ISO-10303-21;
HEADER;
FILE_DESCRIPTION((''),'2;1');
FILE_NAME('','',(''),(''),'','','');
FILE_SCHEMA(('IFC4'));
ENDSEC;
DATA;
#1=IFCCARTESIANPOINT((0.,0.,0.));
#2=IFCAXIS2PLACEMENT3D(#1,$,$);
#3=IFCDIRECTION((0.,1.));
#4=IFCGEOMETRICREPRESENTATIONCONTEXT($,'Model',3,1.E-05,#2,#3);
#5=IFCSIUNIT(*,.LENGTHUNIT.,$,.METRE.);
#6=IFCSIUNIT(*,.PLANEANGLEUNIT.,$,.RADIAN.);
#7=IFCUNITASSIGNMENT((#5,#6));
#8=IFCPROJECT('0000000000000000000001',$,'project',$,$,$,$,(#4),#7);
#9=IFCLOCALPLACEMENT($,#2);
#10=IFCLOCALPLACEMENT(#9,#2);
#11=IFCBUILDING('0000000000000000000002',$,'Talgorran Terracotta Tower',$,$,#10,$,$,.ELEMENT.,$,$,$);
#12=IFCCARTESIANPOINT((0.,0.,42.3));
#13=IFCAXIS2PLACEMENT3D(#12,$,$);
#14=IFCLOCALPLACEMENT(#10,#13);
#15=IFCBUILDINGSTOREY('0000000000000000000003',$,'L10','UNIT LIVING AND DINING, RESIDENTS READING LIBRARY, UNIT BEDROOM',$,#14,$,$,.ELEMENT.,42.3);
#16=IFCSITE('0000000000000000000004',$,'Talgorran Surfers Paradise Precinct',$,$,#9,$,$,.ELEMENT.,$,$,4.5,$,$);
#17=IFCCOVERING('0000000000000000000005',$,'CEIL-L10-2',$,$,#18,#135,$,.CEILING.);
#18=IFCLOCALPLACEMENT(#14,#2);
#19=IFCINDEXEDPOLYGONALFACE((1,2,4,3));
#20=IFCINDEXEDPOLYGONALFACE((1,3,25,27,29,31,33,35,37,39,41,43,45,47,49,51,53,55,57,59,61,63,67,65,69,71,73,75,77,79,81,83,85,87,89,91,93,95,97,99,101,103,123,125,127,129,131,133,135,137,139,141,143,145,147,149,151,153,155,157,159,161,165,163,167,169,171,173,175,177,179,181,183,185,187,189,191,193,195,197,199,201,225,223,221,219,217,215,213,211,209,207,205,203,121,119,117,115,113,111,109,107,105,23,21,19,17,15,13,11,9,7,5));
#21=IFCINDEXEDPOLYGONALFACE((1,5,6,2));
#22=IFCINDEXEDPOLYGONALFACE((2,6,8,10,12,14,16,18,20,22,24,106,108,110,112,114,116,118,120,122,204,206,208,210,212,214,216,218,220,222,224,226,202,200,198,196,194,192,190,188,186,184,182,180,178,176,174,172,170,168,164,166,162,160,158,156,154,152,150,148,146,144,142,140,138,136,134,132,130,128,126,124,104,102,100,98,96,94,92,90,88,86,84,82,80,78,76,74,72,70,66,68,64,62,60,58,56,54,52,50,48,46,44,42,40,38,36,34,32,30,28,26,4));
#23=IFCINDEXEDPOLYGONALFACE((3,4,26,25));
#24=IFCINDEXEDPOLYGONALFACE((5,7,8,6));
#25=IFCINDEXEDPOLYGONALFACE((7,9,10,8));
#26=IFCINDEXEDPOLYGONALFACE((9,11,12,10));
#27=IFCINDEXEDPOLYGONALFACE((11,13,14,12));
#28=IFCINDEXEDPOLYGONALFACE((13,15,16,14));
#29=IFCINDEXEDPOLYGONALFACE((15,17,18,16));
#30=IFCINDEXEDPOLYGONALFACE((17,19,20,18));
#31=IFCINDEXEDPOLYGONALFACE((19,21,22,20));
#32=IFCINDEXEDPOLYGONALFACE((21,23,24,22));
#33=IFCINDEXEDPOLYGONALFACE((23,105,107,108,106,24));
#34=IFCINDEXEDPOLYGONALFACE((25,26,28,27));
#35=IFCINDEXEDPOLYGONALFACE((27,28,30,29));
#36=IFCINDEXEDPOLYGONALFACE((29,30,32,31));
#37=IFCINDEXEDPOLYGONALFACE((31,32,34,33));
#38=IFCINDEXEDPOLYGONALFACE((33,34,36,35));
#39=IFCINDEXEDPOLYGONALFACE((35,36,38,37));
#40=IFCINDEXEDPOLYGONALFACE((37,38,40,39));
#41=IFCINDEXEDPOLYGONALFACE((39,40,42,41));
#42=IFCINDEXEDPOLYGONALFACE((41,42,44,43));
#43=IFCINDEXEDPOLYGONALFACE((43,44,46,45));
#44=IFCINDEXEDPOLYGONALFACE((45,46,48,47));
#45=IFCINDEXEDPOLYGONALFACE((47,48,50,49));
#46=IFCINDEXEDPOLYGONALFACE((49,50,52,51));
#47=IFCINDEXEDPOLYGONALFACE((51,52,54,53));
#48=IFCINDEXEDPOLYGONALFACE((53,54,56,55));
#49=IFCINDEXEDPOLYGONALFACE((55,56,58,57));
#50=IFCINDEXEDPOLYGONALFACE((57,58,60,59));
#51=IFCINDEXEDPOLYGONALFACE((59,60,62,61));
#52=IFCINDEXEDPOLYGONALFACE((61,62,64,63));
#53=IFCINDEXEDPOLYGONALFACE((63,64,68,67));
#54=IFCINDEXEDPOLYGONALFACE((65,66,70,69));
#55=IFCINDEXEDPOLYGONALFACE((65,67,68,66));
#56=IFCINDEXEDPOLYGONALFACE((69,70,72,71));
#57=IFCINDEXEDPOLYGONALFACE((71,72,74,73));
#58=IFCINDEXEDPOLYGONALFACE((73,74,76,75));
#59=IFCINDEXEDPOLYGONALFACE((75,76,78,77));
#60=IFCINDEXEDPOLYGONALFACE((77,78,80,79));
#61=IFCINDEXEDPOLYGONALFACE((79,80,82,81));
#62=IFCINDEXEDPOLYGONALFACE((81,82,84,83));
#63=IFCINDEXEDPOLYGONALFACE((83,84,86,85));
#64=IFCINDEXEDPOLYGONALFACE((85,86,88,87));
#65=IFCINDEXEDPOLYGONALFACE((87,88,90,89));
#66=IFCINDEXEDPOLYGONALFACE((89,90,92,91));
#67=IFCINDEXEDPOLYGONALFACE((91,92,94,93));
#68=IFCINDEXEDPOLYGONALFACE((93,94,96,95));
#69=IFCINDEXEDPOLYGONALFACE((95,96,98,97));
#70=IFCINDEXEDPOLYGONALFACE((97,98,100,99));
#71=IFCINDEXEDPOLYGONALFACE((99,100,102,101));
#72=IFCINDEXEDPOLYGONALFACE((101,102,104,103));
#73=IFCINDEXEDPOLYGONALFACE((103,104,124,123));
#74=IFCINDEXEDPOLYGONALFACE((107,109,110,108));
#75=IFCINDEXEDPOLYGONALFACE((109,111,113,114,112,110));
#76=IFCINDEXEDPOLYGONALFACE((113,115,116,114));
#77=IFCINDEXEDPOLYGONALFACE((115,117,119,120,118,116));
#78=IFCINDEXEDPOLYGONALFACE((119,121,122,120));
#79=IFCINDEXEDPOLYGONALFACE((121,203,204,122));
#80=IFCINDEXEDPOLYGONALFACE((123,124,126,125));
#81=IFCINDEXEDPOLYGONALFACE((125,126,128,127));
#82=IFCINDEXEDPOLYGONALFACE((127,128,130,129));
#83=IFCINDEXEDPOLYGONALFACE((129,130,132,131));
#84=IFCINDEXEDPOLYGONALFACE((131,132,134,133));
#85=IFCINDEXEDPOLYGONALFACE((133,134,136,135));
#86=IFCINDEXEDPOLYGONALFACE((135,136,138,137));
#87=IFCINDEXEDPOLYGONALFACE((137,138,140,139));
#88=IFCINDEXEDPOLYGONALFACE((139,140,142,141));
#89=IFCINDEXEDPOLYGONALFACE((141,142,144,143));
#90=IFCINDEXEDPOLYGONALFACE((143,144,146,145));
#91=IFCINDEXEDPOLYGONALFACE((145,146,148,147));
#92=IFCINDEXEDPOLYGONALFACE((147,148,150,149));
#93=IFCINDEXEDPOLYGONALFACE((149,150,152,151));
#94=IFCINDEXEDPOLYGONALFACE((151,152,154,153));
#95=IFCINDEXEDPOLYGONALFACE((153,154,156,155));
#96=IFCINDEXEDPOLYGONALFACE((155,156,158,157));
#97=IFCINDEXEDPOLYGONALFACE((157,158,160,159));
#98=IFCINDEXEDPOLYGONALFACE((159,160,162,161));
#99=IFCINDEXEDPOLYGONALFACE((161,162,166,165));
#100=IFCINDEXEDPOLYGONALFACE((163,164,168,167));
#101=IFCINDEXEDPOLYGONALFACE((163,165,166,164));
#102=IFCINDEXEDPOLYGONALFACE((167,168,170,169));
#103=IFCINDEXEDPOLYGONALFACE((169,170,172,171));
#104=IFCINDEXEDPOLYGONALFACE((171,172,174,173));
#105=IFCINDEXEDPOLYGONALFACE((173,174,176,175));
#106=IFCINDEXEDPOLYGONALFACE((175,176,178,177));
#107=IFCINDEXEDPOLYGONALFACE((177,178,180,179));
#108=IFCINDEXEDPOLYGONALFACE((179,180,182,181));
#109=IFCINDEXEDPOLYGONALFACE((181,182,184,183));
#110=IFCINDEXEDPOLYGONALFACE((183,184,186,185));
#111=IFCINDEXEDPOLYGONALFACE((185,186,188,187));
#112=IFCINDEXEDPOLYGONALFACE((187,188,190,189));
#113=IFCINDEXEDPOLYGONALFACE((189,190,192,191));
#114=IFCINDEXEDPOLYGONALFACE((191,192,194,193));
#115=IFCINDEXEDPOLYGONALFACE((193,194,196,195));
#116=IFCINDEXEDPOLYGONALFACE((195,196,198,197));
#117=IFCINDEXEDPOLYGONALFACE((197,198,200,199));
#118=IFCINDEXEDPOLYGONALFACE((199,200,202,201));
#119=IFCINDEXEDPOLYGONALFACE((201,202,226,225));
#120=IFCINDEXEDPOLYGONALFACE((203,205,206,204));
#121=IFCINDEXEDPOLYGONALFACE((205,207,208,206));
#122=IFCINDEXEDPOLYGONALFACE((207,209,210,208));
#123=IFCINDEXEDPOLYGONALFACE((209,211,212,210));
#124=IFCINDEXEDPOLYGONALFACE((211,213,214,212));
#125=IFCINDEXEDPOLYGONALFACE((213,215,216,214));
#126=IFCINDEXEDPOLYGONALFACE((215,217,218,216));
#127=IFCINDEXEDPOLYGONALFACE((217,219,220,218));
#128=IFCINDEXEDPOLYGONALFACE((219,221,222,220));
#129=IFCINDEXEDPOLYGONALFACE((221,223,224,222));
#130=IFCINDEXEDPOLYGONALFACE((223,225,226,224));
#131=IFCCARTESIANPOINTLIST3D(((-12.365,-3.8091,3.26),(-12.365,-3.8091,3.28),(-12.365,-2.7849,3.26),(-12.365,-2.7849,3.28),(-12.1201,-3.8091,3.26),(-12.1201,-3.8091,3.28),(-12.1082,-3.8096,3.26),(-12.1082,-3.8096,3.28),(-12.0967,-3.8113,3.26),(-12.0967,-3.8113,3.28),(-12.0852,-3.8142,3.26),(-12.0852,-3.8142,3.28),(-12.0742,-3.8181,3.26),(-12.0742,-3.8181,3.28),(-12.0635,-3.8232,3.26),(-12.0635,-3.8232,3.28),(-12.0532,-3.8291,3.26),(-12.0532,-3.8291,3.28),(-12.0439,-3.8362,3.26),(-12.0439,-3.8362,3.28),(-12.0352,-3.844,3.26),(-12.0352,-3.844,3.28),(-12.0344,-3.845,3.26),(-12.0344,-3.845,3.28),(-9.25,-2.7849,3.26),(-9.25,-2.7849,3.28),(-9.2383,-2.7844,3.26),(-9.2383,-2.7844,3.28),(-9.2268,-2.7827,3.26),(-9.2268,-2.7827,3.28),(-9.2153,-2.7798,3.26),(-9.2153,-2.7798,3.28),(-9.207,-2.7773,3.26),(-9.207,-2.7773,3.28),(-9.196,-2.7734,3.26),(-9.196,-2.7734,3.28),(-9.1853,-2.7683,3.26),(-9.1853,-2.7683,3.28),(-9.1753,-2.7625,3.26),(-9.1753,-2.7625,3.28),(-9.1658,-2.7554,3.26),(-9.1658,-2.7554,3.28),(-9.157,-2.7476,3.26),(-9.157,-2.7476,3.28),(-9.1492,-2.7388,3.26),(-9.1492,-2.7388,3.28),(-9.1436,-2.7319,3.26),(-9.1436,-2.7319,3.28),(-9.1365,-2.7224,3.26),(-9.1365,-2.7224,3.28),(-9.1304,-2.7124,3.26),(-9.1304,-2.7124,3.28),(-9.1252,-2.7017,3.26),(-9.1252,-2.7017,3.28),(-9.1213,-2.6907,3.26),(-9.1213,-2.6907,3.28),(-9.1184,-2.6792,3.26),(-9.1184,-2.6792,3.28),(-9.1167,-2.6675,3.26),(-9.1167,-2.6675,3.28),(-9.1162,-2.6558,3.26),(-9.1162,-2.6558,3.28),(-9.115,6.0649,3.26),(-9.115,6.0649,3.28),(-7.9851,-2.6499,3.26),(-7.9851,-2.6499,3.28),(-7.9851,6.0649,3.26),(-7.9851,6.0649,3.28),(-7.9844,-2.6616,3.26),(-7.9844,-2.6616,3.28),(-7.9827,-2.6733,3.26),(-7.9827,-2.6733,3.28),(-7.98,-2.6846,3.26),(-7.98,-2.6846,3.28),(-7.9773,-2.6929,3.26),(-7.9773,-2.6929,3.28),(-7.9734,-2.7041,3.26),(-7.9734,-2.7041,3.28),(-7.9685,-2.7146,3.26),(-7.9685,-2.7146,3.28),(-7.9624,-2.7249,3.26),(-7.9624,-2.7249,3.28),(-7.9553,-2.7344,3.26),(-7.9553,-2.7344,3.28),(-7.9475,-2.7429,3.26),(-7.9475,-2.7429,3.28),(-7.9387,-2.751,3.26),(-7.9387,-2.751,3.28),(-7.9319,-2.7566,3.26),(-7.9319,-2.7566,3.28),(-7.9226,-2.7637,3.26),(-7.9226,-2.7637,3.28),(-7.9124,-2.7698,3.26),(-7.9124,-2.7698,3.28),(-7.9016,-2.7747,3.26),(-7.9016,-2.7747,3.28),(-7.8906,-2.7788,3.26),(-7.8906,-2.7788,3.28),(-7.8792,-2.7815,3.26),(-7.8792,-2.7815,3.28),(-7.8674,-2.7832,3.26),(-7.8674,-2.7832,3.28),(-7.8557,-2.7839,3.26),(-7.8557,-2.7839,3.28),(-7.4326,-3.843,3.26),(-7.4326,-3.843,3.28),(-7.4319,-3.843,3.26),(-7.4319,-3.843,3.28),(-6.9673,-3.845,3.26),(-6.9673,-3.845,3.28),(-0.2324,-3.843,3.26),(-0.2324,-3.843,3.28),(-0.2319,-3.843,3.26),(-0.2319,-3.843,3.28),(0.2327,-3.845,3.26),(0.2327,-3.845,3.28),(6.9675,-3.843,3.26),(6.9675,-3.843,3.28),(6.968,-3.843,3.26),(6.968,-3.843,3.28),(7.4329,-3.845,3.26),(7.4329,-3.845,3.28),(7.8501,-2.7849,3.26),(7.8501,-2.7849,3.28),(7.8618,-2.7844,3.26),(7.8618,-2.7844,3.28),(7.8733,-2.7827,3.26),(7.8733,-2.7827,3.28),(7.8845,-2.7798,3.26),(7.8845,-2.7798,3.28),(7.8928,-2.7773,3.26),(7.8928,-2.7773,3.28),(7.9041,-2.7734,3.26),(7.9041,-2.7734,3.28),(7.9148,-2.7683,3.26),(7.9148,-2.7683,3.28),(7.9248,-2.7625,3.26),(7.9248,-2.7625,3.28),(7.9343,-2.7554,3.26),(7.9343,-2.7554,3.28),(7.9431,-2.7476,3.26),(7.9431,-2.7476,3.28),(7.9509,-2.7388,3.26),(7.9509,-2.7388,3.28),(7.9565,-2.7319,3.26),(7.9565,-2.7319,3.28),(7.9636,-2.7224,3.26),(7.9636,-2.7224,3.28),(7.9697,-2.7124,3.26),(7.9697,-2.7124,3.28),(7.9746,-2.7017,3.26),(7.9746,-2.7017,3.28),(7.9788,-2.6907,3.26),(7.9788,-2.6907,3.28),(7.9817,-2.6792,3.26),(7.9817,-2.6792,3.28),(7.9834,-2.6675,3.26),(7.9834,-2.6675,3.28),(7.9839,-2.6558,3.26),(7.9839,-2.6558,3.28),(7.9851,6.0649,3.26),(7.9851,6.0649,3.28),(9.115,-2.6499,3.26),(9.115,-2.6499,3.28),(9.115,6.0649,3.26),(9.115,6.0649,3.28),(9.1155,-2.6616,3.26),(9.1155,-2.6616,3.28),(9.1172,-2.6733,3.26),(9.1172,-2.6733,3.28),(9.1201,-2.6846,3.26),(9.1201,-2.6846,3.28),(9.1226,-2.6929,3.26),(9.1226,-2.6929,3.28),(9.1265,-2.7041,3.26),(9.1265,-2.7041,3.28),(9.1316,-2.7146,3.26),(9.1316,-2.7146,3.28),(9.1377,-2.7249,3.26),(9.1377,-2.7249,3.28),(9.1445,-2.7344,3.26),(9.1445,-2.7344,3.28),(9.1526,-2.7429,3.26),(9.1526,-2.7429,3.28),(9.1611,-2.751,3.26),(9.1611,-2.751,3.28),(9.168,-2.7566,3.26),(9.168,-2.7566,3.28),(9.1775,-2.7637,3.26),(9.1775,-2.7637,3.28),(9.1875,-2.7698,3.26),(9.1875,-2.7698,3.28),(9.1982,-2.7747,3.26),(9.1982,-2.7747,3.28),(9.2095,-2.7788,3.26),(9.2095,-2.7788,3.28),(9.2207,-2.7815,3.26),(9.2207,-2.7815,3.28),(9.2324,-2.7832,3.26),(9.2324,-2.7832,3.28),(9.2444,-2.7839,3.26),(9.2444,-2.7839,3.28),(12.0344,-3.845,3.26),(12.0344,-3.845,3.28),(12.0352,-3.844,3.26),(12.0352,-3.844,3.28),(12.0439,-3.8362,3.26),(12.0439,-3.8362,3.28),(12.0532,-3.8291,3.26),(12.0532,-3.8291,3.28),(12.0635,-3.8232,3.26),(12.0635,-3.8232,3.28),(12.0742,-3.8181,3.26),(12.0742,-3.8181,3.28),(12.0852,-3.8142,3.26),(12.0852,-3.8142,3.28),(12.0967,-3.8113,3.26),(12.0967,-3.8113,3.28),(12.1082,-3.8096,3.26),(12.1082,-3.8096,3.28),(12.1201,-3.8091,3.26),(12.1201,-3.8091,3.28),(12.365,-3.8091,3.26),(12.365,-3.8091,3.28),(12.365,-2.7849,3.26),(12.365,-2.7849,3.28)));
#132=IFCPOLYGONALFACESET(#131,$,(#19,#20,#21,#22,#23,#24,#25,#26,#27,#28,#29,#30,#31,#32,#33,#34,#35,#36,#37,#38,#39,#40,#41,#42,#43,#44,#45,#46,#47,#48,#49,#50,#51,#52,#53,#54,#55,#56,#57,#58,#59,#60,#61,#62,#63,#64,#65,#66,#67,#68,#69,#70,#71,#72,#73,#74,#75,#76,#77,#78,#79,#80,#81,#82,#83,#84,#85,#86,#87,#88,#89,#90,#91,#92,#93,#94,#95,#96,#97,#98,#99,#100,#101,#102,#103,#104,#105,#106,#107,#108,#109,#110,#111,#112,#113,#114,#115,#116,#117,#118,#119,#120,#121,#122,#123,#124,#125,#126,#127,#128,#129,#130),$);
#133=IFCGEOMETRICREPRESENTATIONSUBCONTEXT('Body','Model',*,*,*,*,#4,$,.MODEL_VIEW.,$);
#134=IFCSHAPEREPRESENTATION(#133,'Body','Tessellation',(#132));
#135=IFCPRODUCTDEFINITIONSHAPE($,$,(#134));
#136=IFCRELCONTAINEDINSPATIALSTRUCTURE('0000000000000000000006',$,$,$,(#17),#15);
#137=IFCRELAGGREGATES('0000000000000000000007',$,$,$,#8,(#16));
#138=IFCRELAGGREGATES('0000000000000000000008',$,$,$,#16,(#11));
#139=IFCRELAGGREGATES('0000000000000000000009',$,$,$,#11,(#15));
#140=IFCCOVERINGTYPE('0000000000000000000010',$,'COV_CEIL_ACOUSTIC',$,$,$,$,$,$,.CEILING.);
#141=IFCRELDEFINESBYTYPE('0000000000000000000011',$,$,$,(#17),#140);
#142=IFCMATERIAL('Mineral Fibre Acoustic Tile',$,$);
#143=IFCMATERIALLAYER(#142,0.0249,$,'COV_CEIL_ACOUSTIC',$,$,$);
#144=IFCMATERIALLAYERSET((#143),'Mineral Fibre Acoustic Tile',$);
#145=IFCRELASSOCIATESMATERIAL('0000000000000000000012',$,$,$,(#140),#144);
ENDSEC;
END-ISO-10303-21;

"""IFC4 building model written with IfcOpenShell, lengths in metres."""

from ifc_helpers import new_model, si_unit, direction, frame, origin, place, context, subcontext, project, spatial, polyline, outline, extrude, material, layer, layer_set, type_object, element, save


model = new_model("IFC4")

# Units and contexts
model_context = context("Model", 3, precision=1e-05, world=origin(), true_north=direction((0.0, 1.0)))
body_context = subcontext(model_context, "Body", "Model", "MODEL_VIEW")
ifc_project = project(units=[si_unit("LENGTHUNIT", "METRE"), si_unit("PLANEANGLEUNIT", "RADIAN")], contexts=[model_context])

# Site, building, storey
site_placement = place(None, origin())
site = spatial("IfcSite", under=ifc_project, at=site_placement, Name="Talgorran Surfers Paradise Precinct", CompositionType="ELEMENT", RefElevation=4.5)
building_placement = place(site_placement, origin())
building = spatial("IfcBuilding", under=site, at=building_placement, Name="Talgorran Terracotta Tower", CompositionType="ELEMENT")
storey_placement = place(building_placement, frame((0.0, 0.0, 42.3)))
storey = spatial("IfcBuildingStorey", under=building, at=storey_placement, Name="L10", Description="UNIT LIVING AND DINING, RESIDENTS READING LIBRARY, UNIT BEDROOM", CompositionType="ELEMENT", Elevation=42.3)

# Covering
ifc_material_1 = material(Name="Mineral Fibre Acoustic Tile")
ifc_layer_1 = layer(ifc_material_1, 0.0249, Name="COV_CEIL_ACOUSTIC")
ifc_layer_set_1 = layer_set([ifc_layer_1], Name="Mineral Fibre Acoustic Tile")
covering_type_1 = type_object("IfcCoveringType", Name="COV_CEIL_ACOUSTIC", PredefinedType="CEILING", material=ifc_layer_set_1)
covering_1_placement = place(storey_placement, frame((0.0, 0.0, 3.26)))
element("IfcCovering", 1, at=covering_1_placement, inside=storey, type_object=covering_type_1, Name="CEIL-L10-2", PredefinedType="CEILING", context=body_context, shape_type="SweptSolid", body=[
    extrude(outline(polyline([(-12.365, -2.7849), (-9.25, -2.7849), (-9.2383, -2.7844), (-9.2268, -2.7827), (-9.2153, -2.7798), (-9.207, -2.7773), (-9.196, -2.7734), (-9.1853, -2.7683), (-9.1753, -2.7625), (-9.1658, -2.7554), (-9.157, -2.7476), (-9.1492, -2.7388), (-9.1436, -2.7319), (-9.1365, -2.7224), (-9.1304, -2.7124), (-9.1252, -2.7017), (-9.1213, -2.6907), (-9.1184, -2.6792), (-9.1167, -2.6675), (-9.1162, -2.6558), (-9.115, 6.0649), (-7.9851, 6.0649), (-7.9851, -2.6499), (-7.9844, -2.6616), (-7.9827, -2.6733), (-7.98, -2.6846), (-7.9773, -2.6929), (-7.9734, -2.7041), (-7.9685, -2.7146), (-7.9624, -2.7249), (-7.9553, -2.7344), (-7.9475, -2.7429), (-7.9387, -2.751), (-7.9319, -2.7566), (-7.9226, -2.7637), (-7.9124, -2.7698), (-7.9016, -2.7747), (-7.8906, -2.7788), (-7.8792, -2.7815), (-7.8674, -2.7832), (-7.8557, -2.7839), (7.8501, -2.7849), (7.8618, -2.7844), (7.8733, -2.7827), (7.8845, -2.7798), (7.8928, -2.7773), (7.9041, -2.7734), (7.9148, -2.7683), (7.9248, -2.7625), (7.9343, -2.7554), (7.9431, -2.7476), (7.9509, -2.7388), (7.9565, -2.7319), (7.9636, -2.7224), (7.9697, -2.7124), (7.9746, -2.7017), (7.9788, -2.6907), (7.9817, -2.6792), (7.9834, -2.6675), (7.9839, -2.6558), (7.9851, 6.0649), (9.115, 6.0649), (9.115, -2.6499), (9.1155, -2.6616), (9.1172, -2.6733), (9.1201, -2.6846), (9.1226, -2.6929), (9.1265, -2.7041), (9.1316, -2.7146), (9.1377, -2.7249), (9.1445, -2.7344), (9.1526, -2.7429), (9.1611, -2.751), (9.168, -2.7566), (9.1775, -2.7637), (9.1875, -2.7698), (9.1982, -2.7747), (9.2095, -2.7788), (9.2207, -2.7815), (9.2324, -2.7832), (9.2444, -2.7839), (12.365, -2.7849), (12.365, -3.8091), (12.1201, -3.8091), (12.1082, -3.8096), (12.0967, -3.8113), (12.0852, -3.8142), (12.0742, -3.8181), (12.0635, -3.8232), (12.0532, -3.8291), (12.0439, -3.8362), (12.0352, -3.844), (12.0344, -3.845), (7.4329, -3.845), (6.968, -3.843), (6.9675, -3.843), (0.2327, -3.845), (-0.2319, -3.843), (-0.2324, -3.843), (-6.9673, -3.845), (-7.4319, -3.843), (-7.4326, -3.843), (-12.0344, -3.845), (-12.0352, -3.844), (-12.0439, -3.8362), (-12.0532, -3.8291), (-12.0635, -3.8232), (-12.0742, -3.8181), (-12.0852, -3.8142), (-12.0967, -3.8113), (-12.1082, -3.8096), (-12.1201, -3.8091), (-12.365, -3.8091), (-12.365, -2.7849)])), origin(), (0.0, 0.0, 1.0), 0.02),
])

save(model, "model.ifc")
